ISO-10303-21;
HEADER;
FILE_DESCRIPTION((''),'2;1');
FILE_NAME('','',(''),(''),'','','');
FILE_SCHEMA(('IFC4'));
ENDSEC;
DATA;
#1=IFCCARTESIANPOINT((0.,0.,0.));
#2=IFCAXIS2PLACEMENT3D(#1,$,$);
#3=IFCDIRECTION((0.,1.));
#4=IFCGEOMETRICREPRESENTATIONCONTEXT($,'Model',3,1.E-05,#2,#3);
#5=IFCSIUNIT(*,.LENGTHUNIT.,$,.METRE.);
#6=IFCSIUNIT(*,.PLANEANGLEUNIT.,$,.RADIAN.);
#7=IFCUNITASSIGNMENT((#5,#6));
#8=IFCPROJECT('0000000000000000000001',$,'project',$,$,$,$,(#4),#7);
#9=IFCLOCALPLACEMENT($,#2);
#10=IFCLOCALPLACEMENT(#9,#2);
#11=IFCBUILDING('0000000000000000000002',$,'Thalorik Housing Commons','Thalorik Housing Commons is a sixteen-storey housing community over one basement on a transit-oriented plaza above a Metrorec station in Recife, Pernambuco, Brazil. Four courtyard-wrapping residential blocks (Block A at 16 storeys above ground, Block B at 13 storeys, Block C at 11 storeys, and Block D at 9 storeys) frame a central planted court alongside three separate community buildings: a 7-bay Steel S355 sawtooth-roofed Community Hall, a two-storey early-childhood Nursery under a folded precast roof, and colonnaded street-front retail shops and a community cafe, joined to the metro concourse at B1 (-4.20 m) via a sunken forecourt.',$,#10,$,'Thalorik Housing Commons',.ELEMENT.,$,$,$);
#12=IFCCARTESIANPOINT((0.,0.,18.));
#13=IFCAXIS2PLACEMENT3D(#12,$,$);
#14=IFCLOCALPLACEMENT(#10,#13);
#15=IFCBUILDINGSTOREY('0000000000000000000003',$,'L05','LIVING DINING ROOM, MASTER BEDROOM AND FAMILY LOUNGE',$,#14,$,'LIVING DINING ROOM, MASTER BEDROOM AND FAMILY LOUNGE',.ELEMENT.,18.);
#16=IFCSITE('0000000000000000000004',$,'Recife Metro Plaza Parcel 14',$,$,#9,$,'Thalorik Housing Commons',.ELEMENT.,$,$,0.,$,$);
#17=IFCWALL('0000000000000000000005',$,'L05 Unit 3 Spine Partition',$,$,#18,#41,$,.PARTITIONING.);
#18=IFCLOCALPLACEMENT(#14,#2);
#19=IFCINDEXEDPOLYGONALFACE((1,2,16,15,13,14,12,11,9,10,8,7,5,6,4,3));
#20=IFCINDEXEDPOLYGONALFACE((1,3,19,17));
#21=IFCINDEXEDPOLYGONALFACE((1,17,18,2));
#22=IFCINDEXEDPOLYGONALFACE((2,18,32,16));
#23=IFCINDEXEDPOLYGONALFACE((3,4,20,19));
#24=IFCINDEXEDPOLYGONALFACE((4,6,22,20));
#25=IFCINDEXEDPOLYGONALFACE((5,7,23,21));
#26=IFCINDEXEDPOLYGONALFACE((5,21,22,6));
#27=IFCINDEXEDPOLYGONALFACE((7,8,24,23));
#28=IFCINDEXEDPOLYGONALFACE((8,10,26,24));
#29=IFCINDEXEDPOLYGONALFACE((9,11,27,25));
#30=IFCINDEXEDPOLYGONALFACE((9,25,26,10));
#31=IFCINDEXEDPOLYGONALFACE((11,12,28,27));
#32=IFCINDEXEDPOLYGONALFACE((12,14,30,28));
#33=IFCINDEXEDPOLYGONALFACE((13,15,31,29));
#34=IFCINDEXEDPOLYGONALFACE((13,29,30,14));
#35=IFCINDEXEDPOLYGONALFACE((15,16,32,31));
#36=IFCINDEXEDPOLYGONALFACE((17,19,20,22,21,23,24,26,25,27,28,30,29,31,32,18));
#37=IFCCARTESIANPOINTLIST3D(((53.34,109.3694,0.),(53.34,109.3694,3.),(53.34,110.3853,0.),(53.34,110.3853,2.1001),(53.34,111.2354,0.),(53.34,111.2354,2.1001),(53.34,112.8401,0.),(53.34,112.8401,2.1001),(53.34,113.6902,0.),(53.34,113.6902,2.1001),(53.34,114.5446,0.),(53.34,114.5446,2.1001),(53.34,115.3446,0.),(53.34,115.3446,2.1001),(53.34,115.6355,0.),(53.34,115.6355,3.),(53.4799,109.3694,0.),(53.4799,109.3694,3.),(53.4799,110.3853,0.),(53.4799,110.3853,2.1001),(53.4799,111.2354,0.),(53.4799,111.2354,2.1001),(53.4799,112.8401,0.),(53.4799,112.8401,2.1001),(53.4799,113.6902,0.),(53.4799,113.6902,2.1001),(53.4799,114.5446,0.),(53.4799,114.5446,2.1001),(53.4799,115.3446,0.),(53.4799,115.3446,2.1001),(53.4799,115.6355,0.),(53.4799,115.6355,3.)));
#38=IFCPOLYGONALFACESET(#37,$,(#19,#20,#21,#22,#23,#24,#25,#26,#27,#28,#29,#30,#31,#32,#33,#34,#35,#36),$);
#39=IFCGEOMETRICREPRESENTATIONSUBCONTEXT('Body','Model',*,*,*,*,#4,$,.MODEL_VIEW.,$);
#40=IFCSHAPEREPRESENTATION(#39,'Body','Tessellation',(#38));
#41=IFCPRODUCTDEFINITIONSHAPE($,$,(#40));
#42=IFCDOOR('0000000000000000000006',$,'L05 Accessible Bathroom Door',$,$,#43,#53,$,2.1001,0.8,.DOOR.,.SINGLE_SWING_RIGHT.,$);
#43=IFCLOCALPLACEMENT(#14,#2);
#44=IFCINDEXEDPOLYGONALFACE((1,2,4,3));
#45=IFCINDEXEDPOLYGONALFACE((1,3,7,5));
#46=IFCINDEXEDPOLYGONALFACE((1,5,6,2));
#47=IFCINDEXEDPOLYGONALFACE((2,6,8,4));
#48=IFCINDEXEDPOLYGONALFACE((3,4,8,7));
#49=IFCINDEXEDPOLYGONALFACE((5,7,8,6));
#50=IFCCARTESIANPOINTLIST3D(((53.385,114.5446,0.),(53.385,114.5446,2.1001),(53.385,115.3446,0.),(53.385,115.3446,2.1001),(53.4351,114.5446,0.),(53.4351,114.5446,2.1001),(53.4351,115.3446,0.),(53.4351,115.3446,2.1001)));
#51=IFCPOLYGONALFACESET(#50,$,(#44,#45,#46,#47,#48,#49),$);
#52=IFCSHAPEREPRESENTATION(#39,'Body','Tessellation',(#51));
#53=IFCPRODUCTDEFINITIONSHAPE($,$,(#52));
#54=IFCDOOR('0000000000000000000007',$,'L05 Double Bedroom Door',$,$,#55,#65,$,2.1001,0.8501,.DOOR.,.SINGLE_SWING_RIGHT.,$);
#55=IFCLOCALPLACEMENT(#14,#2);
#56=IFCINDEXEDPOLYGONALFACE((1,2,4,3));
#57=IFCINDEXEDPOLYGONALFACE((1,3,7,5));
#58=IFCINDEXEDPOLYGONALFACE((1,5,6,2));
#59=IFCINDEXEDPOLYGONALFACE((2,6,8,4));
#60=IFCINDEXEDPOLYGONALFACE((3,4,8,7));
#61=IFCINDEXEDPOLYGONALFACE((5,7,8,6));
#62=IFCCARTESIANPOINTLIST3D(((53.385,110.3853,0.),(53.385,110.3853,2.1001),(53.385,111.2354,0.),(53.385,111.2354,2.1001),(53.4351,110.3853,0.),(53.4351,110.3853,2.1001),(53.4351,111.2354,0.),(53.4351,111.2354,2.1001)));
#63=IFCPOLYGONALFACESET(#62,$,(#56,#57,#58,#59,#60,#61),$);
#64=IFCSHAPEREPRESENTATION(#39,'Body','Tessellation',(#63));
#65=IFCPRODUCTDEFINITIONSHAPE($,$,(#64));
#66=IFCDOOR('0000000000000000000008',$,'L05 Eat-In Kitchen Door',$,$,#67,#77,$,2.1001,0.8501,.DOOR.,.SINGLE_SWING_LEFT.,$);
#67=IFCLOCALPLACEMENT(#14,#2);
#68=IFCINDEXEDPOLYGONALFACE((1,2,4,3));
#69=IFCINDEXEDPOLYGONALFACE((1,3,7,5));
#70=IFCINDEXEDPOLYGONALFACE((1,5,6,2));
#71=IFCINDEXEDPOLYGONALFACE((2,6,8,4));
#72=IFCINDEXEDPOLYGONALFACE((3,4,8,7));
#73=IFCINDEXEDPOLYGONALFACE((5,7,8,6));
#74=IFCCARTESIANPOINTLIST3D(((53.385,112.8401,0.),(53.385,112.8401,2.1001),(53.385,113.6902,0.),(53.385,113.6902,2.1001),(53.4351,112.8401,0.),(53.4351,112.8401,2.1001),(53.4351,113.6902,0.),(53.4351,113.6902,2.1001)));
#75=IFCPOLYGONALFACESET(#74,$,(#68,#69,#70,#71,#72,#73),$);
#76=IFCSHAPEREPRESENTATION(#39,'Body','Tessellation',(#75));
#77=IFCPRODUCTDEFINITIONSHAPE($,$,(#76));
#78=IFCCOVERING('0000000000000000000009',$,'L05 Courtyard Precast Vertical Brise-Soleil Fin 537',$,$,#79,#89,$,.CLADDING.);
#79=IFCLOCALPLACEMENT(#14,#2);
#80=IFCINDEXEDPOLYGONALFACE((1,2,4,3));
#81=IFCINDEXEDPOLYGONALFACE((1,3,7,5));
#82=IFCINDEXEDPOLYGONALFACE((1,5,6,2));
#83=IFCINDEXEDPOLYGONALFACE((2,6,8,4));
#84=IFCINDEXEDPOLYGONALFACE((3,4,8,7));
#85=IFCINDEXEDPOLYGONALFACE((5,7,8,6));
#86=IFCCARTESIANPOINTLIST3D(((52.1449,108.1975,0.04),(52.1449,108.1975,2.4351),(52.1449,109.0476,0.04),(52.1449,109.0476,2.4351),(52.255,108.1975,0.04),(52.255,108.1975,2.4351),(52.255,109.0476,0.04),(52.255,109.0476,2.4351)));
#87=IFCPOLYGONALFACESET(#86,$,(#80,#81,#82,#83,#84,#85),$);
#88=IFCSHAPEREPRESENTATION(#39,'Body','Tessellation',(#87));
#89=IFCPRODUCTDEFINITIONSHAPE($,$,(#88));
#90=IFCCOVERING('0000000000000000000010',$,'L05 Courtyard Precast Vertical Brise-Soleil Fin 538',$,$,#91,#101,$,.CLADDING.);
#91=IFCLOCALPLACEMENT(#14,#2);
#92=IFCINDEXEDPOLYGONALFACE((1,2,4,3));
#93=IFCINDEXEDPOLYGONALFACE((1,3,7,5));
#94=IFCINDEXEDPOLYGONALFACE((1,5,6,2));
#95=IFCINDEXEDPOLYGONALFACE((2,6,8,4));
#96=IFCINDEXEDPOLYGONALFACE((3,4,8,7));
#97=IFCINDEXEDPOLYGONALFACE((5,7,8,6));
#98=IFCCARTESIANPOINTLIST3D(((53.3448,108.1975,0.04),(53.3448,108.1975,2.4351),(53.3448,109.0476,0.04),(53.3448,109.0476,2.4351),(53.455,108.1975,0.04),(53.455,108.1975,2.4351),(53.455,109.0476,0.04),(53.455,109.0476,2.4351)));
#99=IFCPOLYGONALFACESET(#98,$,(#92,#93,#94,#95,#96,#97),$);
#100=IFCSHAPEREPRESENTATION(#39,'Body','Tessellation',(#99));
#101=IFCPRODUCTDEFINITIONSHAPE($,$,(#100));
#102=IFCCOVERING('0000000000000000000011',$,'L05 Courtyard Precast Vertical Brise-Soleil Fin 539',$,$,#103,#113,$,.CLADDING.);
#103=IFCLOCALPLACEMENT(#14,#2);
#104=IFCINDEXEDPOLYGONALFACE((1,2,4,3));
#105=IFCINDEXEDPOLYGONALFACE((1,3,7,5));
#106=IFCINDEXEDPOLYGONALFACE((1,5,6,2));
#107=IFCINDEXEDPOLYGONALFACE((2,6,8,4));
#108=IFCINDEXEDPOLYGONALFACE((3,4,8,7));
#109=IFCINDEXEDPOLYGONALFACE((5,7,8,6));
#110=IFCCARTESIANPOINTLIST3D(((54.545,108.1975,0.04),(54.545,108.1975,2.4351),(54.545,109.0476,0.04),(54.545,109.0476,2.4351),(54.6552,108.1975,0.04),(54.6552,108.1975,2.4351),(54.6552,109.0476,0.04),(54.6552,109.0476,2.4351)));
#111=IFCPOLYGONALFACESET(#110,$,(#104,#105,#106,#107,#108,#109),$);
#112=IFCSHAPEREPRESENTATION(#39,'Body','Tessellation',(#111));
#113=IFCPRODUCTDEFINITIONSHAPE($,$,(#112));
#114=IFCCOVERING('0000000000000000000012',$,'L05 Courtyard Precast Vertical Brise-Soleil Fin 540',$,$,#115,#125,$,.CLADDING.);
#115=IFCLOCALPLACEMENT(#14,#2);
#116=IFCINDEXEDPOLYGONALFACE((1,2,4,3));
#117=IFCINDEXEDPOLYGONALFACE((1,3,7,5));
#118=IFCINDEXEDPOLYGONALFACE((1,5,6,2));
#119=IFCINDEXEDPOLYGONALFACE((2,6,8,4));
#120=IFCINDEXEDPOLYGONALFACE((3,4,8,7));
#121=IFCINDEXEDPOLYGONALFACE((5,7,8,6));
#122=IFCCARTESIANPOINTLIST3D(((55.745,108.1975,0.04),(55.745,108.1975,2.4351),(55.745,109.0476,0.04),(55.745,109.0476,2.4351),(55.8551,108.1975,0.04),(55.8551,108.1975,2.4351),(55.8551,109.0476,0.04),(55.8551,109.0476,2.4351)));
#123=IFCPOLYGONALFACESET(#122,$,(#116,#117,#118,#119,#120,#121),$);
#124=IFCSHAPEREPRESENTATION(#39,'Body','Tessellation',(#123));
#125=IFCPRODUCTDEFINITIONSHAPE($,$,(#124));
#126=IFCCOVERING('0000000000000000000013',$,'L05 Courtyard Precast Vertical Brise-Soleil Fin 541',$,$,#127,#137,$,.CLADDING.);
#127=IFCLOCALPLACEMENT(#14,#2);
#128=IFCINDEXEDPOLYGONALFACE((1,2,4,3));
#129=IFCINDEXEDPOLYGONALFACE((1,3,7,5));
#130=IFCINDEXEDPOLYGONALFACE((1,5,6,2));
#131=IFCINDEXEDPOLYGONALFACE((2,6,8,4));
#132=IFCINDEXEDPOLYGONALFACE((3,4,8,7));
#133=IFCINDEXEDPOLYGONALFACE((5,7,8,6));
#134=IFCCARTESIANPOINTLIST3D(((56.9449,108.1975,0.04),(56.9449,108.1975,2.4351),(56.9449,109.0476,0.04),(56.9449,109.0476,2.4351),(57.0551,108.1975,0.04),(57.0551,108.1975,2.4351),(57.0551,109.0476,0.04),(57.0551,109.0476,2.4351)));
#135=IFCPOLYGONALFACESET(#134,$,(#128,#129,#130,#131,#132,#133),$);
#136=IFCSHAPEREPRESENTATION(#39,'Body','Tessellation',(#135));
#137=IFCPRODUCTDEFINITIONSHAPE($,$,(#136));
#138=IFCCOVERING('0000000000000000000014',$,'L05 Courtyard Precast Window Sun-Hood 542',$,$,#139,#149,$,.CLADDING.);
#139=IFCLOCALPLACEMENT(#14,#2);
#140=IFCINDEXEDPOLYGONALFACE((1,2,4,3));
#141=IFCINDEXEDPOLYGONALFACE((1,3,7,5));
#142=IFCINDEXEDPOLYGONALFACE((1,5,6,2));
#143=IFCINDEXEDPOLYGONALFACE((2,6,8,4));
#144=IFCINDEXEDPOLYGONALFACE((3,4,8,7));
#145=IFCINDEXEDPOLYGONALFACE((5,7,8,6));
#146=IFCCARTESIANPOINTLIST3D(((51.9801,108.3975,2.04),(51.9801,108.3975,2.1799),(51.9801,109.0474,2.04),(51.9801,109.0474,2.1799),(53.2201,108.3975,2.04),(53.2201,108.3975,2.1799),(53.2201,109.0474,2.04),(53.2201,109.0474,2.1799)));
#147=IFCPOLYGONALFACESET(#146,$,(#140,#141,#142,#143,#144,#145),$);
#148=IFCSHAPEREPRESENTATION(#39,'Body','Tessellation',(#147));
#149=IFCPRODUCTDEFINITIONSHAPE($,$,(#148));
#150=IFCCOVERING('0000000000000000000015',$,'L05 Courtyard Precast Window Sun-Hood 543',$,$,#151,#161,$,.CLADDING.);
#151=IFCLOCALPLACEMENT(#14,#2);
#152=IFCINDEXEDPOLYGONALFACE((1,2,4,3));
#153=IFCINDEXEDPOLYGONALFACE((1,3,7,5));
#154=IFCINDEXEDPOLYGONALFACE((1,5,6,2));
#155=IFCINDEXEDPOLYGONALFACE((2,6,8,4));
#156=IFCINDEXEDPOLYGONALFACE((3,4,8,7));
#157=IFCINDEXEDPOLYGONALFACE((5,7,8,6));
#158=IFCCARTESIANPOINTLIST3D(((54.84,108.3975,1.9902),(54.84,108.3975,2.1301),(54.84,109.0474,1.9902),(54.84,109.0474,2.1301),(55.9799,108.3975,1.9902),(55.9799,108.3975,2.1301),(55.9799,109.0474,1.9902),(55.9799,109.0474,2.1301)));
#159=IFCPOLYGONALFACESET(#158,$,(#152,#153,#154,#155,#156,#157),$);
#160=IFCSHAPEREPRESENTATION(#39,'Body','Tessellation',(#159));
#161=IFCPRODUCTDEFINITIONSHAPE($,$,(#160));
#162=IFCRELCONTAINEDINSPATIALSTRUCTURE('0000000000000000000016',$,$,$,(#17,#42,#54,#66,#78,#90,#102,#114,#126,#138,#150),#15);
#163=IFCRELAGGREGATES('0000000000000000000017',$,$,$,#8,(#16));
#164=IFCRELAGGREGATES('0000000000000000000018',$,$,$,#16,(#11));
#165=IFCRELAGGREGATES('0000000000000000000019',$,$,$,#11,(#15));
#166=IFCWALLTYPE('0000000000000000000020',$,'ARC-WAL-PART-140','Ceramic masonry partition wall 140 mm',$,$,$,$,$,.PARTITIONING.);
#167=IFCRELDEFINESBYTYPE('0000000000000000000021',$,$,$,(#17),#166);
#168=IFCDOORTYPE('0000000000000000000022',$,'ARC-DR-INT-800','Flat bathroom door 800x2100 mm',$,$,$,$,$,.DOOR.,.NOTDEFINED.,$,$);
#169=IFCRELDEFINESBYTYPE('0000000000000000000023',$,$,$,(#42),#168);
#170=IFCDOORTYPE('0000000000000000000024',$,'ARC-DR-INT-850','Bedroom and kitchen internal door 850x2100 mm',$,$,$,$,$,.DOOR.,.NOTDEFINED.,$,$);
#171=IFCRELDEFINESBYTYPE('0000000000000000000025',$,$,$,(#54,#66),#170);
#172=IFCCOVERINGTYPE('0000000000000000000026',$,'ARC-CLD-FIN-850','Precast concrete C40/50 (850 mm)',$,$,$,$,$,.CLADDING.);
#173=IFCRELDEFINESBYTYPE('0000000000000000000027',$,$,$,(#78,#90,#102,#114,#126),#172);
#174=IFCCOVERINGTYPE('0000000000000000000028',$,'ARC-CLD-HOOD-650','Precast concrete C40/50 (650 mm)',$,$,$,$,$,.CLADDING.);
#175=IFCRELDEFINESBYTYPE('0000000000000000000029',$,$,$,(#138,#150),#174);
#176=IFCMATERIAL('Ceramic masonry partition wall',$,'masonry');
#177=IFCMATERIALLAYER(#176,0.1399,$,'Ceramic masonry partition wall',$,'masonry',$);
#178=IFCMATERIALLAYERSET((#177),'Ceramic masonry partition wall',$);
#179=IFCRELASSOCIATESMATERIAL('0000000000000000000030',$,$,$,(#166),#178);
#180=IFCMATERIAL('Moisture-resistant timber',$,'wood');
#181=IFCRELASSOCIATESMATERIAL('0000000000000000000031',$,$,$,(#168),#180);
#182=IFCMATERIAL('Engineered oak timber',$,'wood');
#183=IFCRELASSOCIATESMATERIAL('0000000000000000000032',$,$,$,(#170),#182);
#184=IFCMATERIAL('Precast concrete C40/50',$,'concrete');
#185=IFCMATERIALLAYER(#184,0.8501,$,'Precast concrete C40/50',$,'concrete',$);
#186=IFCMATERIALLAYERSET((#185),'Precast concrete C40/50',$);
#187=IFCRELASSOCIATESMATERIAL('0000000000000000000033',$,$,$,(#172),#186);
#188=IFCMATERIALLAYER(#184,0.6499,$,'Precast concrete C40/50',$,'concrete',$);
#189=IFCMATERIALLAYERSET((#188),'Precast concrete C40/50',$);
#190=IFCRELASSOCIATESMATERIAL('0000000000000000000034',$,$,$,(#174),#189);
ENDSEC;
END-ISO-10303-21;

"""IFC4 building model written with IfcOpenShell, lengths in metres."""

from ifc_helpers import new_model, si_unit, direction, frame, frame_2d, origin, origin_2d, place, context, subcontext, project, spatial, rectangle, extrude, material, layer, layer_set, type_object, element, fill, save


model = new_model("IFC4")

# Units and contexts
model_context = context("Model", 3, precision=1e-05, world=origin(), true_north=direction((0.0, 1.0)))
body_context = subcontext(model_context, "Body", "Model", "MODEL_VIEW")
ifc_project = project(units=[si_unit("LENGTHUNIT", "METRE"), si_unit("PLANEANGLEUNIT", "RADIAN")], contexts=[model_context])

# Site, building, storey
site_placement = place(None, origin())
site = spatial("IfcSite", under=ifc_project, at=site_placement, Name="Recife Metro Plaza Parcel 14", LongName="Thalorik Housing Commons", CompositionType="ELEMENT", RefElevation=0.0)
building_placement = place(site_placement, origin())
building = spatial("IfcBuilding", under=site, at=building_placement, Name="Thalorik Housing Commons", Description="Thalorik Housing Commons is a sixteen-storey housing community over one basement on a transit-oriented plaza above a Metrorec station in Recife, Pernambuco, Brazil. Four courtyard-wrapping residential blocks (Block A at 16 storeys above ground, Block B at 13 storeys, Block C at 11 storeys, and Block D at 9 storeys) frame a central planted court alongside three separate community buildings: a 7-bay Steel S355 sawtooth-roofed Community Hall, a two-storey early-childhood Nursery under a folded precast roof, and colonnaded street-front retail shops and a community cafe, joined to the metro concourse at B1 (-4.20 m) via a sunken forecourt.", LongName="Thalorik Housing Commons", CompositionType="ELEMENT")
storey_placement = place(building_placement, frame((0.0, 0.0, 18.0)))
storey = spatial("IfcBuildingStorey", under=building, at=storey_placement, Name="L05", Description="LIVING DINING ROOM, MASTER BEDROOM AND FAMILY LOUNGE", LongName="LIVING DINING ROOM, MASTER BEDROOM AND FAMILY LOUNGE", CompositionType="ELEMENT", Elevation=18.0)

# Shared definitions
ifc_material_1 = material(Name="Precast concrete C40/50", Category="concrete")

# Wall, openings, doors
ifc_material_2 = material(Name="Ceramic masonry partition wall", Category="masonry")
ifc_layer_1 = layer(ifc_material_2, 0.1399, Name="Ceramic masonry partition wall", Category="masonry")
ifc_layer_set_1 = layer_set([ifc_layer_1], Name="Ceramic masonry partition wall")
wall_type_1 = type_object("IfcWallType", Name="ARC-WAL-PART-140", Description="Ceramic masonry partition wall 140 mm", PredefinedType="PARTITIONING", material=ifc_layer_set_1)
wall_1_placement = place(storey_placement, frame((53.4099, 109.3694, 0.0), z_axis=(0.0, 0.0, 1.0), x_axis=(0.0, 1.0, 0.0)))
wall_1 = element("IfcWall", 1, at=wall_1_placement, inside=storey, type_object=wall_type_1, Name="L05 Unit 3 Spine Partition", PredefinedType="PARTITIONING", context=body_context, shape_type="SweptSolid", body=[
    extrude(rectangle(XDim=6.2661, YDim=0.1399, at=frame_2d((3.1331, 0.0))), origin(), (0.0, 0.0, 1.0), 3.0),
])
opening_1_placement = place(wall_1_placement, frame((1.0159, 0.0, 0.0)))
opening_1 = element("IfcOpeningElement", 2, at=opening_1_placement, cuts=wall_1, PredefinedType="OPENING", context=body_context, shape_type="SweptSolid", body=[
    extrude(rectangle(XDim=0.8501, YDim=2.1001, at=frame_2d((0.425, 1.05))), frame((0.0, 0.0801, 0.0), z_axis=(0.0, -1.0, 0.0), x_axis=(1.0, 0.0, 0.0)), (0.0, 0.0, 1.0), 0.1599),
])
opening_2_placement = place(wall_1_placement, frame((3.4707, 0.0, 0.0)))
opening_2 = element("IfcOpeningElement", 3, at=opening_2_placement, cuts=wall_1, PredefinedType="OPENING", context=body_context, shape_type="SweptSolid", body=[
    extrude(rectangle(XDim=0.8501, YDim=2.1001, at=frame_2d((0.425, 1.05))), frame((0.0, 0.0801, 0.0), z_axis=(0.0, -1.0, 0.0), x_axis=(1.0, 0.0, 0.0)), (0.0, 0.0, 1.0), 0.1599),
])
opening_3_placement = place(wall_1_placement, frame((5.1753, 0.0, 0.0)))
opening_3 = element("IfcOpeningElement", 4, at=opening_3_placement, cuts=wall_1, PredefinedType="OPENING", context=body_context, shape_type="SweptSolid", body=[
    extrude(rectangle(XDim=0.8, YDim=2.1001, at=frame_2d((0.3999, 1.05))), frame((0.0, 0.0801, 0.0), z_axis=(0.0, -1.0, 0.0), x_axis=(1.0, 0.0, 0.0)), (0.0, 0.0, 1.0), 0.1599),
])
ifc_material_3 = material(Name="Moisture-resistant timber", Category="wood")
door_type_1 = type_object("IfcDoorType", Name="ARC-DR-INT-800", Description="Flat bathroom door 800x2100 mm", OperationType="NOTDEFINED", PredefinedType="DOOR", material=ifc_material_3)
door_1_placement = place(opening_3_placement, origin())
door_1 = element("IfcDoor", 5, at=door_1_placement, inside=storey, type_object=door_type_1, Name="L05 Accessible Bathroom Door", OperationType="SINGLE_SWING_RIGHT", OverallHeight=2.1001, OverallWidth=0.8, PredefinedType="DOOR", context=body_context, shape_type="SweptSolid", body=[
    extrude(rectangle(XDim=0.8, YDim=2.1001, at=frame_2d((0.3999, 1.05))), frame((0.0, 0.0249, 0.0), z_axis=(0.0, -1.0, 0.0), x_axis=(1.0, 0.0, 0.0)), (0.0, 0.0, 1.0), 0.05),
])
fill(opening_3, door_1)
ifc_material_4 = material(Name="Engineered oak timber", Category="wood")
door_type_2 = type_object("IfcDoorType", Name="ARC-DR-INT-850", Description="Bedroom and kitchen internal door 850x2100 mm", OperationType="NOTDEFINED", PredefinedType="DOOR", material=ifc_material_4)
door_2_placement = place(opening_1_placement, origin())
door_2 = element("IfcDoor", 6, at=door_2_placement, inside=storey, type_object=door_type_2, Name="L05 Double Bedroom Door", OperationType="SINGLE_SWING_RIGHT", OverallHeight=2.1001, OverallWidth=0.8501, PredefinedType="DOOR", context=body_context, shape_type="SweptSolid", body=[
    extrude(rectangle(XDim=0.8501, YDim=2.1001, at=frame_2d((0.425, 1.05))), frame((0.0, 0.0249, 0.0), z_axis=(0.0, -1.0, 0.0), x_axis=(1.0, 0.0, 0.0)), (0.0, 0.0, 1.0), 0.05),
])
fill(opening_1, door_2)
door_3_placement = place(opening_2_placement, origin())
door_3 = element("IfcDoor", 7, at=door_3_placement, inside=storey, type_object=door_type_2, Name="L05 Eat-In Kitchen Door", OperationType="SINGLE_SWING_LEFT", OverallHeight=2.1001, OverallWidth=0.8501, PredefinedType="DOOR", context=body_context, shape_type="SweptSolid", body=[
    extrude(rectangle(XDim=0.8501, YDim=2.1001, at=frame_2d((0.425, 1.05))), frame((0.0, 0.0249, 0.0), z_axis=(0.0, -1.0, 0.0), x_axis=(1.0, 0.0, 0.0)), (0.0, 0.0, 1.0), 0.05),
])
fill(opening_2, door_3)

# Coverings
ifc_layer_2 = layer(ifc_material_1, 0.8501, Name="Precast concrete C40/50", Category="concrete")
ifc_layer_set_2 = layer_set([ifc_layer_2], Name="Precast concrete C40/50")
covering_type_1 = type_object("IfcCoveringType", Name="ARC-CLD-FIN-850", Description="Precast concrete C40/50 (850 mm)", PredefinedType="CLADDING", material=ifc_layer_set_2)
for number, where, z_axis, x_axis, name in (
    (8, (52.2, 108.6226, 0.04), (0.0, 0.0, 1.0), (1.0, 0.0, 0.0), "L05 Courtyard Precast Vertical Brise-Soleil Fin 537"),
    (9, (53.3999, 108.6226, 0.04), (0.0, 0.0, 1.0), (1.0, 0.0, 0.0), "L05 Courtyard Precast Vertical Brise-Soleil Fin 538"),
    (10, (54.6001, 108.6226, 0.04), (0.0, 0.0, 1.0), (1.0, 0.0, 0.0), "L05 Courtyard Precast Vertical Brise-Soleil Fin 539"),
    (11, (55.8, 108.6226, 0.04), (0.0, 0.0, 1.0), (1.0, 0.0, 0.0), "L05 Courtyard Precast Vertical Brise-Soleil Fin 540"),
    (12, (57.0, 108.6226, 0.04), (0.0, 0.0, 1.0), (1.0, 0.0, 0.0), "L05 Courtyard Precast Vertical Brise-Soleil Fin 541"),
):
    element("IfcCovering", number, at=place(storey_placement, frame(where, z_axis=z_axis, x_axis=x_axis)), inside=storey, type_object=covering_type_1, Name=name, PredefinedType="CLADDING", context=body_context, shape_type="SweptSolid", body=[
        extrude(rectangle(XDim=0.1101, YDim=0.8501, at=origin_2d()), origin(), (0.0, 0.0, 1.0), 2.395),
    ])
ifc_layer_3 = layer(ifc_material_1, 0.6499, Name="Precast concrete C40/50", Category="concrete")
ifc_layer_set_3 = layer_set([ifc_layer_3], Name="Precast concrete C40/50")
covering_type_2 = type_object("IfcCoveringType", Name="ARC-CLD-HOOD-650", Description="Precast concrete C40/50 (650 mm)", PredefinedType="CLADDING", material=ifc_layer_set_3)
covering_1_placement = place(storey_placement, frame((52.6001, 108.7224, 2.04), z_axis=(0.0, 0.0, 1.0), x_axis=(1.0, 0.0, 0.0)))
element("IfcCovering", 13, at=covering_1_placement, inside=storey, type_object=covering_type_2, Name="L05 Courtyard Precast Window Sun-Hood 542", PredefinedType="CLADDING", context=body_context, shape_type="SweptSolid", body=[
    extrude(rectangle(XDim=1.24, YDim=0.6499, at=origin_2d()), origin(), (0.0, 0.0, 1.0), 0.1399),
])
covering_2_placement = place(storey_placement, frame((55.4099, 108.7224, 1.9902), z_axis=(0.0, 0.0, 1.0), x_axis=(1.0, 0.0, 0.0)))
element("IfcCovering", 14, at=covering_2_placement, inside=storey, type_object=covering_type_2, Name="L05 Courtyard Precast Window Sun-Hood 543", PredefinedType="CLADDING", context=body_context, shape_type="SweptSolid", body=[
    extrude(rectangle(XDim=1.1399, YDim=0.6499, at=origin_2d()), origin(), (0.0, 0.0, 1.0), 0.1399),
])

save(model, "model.ifc")
